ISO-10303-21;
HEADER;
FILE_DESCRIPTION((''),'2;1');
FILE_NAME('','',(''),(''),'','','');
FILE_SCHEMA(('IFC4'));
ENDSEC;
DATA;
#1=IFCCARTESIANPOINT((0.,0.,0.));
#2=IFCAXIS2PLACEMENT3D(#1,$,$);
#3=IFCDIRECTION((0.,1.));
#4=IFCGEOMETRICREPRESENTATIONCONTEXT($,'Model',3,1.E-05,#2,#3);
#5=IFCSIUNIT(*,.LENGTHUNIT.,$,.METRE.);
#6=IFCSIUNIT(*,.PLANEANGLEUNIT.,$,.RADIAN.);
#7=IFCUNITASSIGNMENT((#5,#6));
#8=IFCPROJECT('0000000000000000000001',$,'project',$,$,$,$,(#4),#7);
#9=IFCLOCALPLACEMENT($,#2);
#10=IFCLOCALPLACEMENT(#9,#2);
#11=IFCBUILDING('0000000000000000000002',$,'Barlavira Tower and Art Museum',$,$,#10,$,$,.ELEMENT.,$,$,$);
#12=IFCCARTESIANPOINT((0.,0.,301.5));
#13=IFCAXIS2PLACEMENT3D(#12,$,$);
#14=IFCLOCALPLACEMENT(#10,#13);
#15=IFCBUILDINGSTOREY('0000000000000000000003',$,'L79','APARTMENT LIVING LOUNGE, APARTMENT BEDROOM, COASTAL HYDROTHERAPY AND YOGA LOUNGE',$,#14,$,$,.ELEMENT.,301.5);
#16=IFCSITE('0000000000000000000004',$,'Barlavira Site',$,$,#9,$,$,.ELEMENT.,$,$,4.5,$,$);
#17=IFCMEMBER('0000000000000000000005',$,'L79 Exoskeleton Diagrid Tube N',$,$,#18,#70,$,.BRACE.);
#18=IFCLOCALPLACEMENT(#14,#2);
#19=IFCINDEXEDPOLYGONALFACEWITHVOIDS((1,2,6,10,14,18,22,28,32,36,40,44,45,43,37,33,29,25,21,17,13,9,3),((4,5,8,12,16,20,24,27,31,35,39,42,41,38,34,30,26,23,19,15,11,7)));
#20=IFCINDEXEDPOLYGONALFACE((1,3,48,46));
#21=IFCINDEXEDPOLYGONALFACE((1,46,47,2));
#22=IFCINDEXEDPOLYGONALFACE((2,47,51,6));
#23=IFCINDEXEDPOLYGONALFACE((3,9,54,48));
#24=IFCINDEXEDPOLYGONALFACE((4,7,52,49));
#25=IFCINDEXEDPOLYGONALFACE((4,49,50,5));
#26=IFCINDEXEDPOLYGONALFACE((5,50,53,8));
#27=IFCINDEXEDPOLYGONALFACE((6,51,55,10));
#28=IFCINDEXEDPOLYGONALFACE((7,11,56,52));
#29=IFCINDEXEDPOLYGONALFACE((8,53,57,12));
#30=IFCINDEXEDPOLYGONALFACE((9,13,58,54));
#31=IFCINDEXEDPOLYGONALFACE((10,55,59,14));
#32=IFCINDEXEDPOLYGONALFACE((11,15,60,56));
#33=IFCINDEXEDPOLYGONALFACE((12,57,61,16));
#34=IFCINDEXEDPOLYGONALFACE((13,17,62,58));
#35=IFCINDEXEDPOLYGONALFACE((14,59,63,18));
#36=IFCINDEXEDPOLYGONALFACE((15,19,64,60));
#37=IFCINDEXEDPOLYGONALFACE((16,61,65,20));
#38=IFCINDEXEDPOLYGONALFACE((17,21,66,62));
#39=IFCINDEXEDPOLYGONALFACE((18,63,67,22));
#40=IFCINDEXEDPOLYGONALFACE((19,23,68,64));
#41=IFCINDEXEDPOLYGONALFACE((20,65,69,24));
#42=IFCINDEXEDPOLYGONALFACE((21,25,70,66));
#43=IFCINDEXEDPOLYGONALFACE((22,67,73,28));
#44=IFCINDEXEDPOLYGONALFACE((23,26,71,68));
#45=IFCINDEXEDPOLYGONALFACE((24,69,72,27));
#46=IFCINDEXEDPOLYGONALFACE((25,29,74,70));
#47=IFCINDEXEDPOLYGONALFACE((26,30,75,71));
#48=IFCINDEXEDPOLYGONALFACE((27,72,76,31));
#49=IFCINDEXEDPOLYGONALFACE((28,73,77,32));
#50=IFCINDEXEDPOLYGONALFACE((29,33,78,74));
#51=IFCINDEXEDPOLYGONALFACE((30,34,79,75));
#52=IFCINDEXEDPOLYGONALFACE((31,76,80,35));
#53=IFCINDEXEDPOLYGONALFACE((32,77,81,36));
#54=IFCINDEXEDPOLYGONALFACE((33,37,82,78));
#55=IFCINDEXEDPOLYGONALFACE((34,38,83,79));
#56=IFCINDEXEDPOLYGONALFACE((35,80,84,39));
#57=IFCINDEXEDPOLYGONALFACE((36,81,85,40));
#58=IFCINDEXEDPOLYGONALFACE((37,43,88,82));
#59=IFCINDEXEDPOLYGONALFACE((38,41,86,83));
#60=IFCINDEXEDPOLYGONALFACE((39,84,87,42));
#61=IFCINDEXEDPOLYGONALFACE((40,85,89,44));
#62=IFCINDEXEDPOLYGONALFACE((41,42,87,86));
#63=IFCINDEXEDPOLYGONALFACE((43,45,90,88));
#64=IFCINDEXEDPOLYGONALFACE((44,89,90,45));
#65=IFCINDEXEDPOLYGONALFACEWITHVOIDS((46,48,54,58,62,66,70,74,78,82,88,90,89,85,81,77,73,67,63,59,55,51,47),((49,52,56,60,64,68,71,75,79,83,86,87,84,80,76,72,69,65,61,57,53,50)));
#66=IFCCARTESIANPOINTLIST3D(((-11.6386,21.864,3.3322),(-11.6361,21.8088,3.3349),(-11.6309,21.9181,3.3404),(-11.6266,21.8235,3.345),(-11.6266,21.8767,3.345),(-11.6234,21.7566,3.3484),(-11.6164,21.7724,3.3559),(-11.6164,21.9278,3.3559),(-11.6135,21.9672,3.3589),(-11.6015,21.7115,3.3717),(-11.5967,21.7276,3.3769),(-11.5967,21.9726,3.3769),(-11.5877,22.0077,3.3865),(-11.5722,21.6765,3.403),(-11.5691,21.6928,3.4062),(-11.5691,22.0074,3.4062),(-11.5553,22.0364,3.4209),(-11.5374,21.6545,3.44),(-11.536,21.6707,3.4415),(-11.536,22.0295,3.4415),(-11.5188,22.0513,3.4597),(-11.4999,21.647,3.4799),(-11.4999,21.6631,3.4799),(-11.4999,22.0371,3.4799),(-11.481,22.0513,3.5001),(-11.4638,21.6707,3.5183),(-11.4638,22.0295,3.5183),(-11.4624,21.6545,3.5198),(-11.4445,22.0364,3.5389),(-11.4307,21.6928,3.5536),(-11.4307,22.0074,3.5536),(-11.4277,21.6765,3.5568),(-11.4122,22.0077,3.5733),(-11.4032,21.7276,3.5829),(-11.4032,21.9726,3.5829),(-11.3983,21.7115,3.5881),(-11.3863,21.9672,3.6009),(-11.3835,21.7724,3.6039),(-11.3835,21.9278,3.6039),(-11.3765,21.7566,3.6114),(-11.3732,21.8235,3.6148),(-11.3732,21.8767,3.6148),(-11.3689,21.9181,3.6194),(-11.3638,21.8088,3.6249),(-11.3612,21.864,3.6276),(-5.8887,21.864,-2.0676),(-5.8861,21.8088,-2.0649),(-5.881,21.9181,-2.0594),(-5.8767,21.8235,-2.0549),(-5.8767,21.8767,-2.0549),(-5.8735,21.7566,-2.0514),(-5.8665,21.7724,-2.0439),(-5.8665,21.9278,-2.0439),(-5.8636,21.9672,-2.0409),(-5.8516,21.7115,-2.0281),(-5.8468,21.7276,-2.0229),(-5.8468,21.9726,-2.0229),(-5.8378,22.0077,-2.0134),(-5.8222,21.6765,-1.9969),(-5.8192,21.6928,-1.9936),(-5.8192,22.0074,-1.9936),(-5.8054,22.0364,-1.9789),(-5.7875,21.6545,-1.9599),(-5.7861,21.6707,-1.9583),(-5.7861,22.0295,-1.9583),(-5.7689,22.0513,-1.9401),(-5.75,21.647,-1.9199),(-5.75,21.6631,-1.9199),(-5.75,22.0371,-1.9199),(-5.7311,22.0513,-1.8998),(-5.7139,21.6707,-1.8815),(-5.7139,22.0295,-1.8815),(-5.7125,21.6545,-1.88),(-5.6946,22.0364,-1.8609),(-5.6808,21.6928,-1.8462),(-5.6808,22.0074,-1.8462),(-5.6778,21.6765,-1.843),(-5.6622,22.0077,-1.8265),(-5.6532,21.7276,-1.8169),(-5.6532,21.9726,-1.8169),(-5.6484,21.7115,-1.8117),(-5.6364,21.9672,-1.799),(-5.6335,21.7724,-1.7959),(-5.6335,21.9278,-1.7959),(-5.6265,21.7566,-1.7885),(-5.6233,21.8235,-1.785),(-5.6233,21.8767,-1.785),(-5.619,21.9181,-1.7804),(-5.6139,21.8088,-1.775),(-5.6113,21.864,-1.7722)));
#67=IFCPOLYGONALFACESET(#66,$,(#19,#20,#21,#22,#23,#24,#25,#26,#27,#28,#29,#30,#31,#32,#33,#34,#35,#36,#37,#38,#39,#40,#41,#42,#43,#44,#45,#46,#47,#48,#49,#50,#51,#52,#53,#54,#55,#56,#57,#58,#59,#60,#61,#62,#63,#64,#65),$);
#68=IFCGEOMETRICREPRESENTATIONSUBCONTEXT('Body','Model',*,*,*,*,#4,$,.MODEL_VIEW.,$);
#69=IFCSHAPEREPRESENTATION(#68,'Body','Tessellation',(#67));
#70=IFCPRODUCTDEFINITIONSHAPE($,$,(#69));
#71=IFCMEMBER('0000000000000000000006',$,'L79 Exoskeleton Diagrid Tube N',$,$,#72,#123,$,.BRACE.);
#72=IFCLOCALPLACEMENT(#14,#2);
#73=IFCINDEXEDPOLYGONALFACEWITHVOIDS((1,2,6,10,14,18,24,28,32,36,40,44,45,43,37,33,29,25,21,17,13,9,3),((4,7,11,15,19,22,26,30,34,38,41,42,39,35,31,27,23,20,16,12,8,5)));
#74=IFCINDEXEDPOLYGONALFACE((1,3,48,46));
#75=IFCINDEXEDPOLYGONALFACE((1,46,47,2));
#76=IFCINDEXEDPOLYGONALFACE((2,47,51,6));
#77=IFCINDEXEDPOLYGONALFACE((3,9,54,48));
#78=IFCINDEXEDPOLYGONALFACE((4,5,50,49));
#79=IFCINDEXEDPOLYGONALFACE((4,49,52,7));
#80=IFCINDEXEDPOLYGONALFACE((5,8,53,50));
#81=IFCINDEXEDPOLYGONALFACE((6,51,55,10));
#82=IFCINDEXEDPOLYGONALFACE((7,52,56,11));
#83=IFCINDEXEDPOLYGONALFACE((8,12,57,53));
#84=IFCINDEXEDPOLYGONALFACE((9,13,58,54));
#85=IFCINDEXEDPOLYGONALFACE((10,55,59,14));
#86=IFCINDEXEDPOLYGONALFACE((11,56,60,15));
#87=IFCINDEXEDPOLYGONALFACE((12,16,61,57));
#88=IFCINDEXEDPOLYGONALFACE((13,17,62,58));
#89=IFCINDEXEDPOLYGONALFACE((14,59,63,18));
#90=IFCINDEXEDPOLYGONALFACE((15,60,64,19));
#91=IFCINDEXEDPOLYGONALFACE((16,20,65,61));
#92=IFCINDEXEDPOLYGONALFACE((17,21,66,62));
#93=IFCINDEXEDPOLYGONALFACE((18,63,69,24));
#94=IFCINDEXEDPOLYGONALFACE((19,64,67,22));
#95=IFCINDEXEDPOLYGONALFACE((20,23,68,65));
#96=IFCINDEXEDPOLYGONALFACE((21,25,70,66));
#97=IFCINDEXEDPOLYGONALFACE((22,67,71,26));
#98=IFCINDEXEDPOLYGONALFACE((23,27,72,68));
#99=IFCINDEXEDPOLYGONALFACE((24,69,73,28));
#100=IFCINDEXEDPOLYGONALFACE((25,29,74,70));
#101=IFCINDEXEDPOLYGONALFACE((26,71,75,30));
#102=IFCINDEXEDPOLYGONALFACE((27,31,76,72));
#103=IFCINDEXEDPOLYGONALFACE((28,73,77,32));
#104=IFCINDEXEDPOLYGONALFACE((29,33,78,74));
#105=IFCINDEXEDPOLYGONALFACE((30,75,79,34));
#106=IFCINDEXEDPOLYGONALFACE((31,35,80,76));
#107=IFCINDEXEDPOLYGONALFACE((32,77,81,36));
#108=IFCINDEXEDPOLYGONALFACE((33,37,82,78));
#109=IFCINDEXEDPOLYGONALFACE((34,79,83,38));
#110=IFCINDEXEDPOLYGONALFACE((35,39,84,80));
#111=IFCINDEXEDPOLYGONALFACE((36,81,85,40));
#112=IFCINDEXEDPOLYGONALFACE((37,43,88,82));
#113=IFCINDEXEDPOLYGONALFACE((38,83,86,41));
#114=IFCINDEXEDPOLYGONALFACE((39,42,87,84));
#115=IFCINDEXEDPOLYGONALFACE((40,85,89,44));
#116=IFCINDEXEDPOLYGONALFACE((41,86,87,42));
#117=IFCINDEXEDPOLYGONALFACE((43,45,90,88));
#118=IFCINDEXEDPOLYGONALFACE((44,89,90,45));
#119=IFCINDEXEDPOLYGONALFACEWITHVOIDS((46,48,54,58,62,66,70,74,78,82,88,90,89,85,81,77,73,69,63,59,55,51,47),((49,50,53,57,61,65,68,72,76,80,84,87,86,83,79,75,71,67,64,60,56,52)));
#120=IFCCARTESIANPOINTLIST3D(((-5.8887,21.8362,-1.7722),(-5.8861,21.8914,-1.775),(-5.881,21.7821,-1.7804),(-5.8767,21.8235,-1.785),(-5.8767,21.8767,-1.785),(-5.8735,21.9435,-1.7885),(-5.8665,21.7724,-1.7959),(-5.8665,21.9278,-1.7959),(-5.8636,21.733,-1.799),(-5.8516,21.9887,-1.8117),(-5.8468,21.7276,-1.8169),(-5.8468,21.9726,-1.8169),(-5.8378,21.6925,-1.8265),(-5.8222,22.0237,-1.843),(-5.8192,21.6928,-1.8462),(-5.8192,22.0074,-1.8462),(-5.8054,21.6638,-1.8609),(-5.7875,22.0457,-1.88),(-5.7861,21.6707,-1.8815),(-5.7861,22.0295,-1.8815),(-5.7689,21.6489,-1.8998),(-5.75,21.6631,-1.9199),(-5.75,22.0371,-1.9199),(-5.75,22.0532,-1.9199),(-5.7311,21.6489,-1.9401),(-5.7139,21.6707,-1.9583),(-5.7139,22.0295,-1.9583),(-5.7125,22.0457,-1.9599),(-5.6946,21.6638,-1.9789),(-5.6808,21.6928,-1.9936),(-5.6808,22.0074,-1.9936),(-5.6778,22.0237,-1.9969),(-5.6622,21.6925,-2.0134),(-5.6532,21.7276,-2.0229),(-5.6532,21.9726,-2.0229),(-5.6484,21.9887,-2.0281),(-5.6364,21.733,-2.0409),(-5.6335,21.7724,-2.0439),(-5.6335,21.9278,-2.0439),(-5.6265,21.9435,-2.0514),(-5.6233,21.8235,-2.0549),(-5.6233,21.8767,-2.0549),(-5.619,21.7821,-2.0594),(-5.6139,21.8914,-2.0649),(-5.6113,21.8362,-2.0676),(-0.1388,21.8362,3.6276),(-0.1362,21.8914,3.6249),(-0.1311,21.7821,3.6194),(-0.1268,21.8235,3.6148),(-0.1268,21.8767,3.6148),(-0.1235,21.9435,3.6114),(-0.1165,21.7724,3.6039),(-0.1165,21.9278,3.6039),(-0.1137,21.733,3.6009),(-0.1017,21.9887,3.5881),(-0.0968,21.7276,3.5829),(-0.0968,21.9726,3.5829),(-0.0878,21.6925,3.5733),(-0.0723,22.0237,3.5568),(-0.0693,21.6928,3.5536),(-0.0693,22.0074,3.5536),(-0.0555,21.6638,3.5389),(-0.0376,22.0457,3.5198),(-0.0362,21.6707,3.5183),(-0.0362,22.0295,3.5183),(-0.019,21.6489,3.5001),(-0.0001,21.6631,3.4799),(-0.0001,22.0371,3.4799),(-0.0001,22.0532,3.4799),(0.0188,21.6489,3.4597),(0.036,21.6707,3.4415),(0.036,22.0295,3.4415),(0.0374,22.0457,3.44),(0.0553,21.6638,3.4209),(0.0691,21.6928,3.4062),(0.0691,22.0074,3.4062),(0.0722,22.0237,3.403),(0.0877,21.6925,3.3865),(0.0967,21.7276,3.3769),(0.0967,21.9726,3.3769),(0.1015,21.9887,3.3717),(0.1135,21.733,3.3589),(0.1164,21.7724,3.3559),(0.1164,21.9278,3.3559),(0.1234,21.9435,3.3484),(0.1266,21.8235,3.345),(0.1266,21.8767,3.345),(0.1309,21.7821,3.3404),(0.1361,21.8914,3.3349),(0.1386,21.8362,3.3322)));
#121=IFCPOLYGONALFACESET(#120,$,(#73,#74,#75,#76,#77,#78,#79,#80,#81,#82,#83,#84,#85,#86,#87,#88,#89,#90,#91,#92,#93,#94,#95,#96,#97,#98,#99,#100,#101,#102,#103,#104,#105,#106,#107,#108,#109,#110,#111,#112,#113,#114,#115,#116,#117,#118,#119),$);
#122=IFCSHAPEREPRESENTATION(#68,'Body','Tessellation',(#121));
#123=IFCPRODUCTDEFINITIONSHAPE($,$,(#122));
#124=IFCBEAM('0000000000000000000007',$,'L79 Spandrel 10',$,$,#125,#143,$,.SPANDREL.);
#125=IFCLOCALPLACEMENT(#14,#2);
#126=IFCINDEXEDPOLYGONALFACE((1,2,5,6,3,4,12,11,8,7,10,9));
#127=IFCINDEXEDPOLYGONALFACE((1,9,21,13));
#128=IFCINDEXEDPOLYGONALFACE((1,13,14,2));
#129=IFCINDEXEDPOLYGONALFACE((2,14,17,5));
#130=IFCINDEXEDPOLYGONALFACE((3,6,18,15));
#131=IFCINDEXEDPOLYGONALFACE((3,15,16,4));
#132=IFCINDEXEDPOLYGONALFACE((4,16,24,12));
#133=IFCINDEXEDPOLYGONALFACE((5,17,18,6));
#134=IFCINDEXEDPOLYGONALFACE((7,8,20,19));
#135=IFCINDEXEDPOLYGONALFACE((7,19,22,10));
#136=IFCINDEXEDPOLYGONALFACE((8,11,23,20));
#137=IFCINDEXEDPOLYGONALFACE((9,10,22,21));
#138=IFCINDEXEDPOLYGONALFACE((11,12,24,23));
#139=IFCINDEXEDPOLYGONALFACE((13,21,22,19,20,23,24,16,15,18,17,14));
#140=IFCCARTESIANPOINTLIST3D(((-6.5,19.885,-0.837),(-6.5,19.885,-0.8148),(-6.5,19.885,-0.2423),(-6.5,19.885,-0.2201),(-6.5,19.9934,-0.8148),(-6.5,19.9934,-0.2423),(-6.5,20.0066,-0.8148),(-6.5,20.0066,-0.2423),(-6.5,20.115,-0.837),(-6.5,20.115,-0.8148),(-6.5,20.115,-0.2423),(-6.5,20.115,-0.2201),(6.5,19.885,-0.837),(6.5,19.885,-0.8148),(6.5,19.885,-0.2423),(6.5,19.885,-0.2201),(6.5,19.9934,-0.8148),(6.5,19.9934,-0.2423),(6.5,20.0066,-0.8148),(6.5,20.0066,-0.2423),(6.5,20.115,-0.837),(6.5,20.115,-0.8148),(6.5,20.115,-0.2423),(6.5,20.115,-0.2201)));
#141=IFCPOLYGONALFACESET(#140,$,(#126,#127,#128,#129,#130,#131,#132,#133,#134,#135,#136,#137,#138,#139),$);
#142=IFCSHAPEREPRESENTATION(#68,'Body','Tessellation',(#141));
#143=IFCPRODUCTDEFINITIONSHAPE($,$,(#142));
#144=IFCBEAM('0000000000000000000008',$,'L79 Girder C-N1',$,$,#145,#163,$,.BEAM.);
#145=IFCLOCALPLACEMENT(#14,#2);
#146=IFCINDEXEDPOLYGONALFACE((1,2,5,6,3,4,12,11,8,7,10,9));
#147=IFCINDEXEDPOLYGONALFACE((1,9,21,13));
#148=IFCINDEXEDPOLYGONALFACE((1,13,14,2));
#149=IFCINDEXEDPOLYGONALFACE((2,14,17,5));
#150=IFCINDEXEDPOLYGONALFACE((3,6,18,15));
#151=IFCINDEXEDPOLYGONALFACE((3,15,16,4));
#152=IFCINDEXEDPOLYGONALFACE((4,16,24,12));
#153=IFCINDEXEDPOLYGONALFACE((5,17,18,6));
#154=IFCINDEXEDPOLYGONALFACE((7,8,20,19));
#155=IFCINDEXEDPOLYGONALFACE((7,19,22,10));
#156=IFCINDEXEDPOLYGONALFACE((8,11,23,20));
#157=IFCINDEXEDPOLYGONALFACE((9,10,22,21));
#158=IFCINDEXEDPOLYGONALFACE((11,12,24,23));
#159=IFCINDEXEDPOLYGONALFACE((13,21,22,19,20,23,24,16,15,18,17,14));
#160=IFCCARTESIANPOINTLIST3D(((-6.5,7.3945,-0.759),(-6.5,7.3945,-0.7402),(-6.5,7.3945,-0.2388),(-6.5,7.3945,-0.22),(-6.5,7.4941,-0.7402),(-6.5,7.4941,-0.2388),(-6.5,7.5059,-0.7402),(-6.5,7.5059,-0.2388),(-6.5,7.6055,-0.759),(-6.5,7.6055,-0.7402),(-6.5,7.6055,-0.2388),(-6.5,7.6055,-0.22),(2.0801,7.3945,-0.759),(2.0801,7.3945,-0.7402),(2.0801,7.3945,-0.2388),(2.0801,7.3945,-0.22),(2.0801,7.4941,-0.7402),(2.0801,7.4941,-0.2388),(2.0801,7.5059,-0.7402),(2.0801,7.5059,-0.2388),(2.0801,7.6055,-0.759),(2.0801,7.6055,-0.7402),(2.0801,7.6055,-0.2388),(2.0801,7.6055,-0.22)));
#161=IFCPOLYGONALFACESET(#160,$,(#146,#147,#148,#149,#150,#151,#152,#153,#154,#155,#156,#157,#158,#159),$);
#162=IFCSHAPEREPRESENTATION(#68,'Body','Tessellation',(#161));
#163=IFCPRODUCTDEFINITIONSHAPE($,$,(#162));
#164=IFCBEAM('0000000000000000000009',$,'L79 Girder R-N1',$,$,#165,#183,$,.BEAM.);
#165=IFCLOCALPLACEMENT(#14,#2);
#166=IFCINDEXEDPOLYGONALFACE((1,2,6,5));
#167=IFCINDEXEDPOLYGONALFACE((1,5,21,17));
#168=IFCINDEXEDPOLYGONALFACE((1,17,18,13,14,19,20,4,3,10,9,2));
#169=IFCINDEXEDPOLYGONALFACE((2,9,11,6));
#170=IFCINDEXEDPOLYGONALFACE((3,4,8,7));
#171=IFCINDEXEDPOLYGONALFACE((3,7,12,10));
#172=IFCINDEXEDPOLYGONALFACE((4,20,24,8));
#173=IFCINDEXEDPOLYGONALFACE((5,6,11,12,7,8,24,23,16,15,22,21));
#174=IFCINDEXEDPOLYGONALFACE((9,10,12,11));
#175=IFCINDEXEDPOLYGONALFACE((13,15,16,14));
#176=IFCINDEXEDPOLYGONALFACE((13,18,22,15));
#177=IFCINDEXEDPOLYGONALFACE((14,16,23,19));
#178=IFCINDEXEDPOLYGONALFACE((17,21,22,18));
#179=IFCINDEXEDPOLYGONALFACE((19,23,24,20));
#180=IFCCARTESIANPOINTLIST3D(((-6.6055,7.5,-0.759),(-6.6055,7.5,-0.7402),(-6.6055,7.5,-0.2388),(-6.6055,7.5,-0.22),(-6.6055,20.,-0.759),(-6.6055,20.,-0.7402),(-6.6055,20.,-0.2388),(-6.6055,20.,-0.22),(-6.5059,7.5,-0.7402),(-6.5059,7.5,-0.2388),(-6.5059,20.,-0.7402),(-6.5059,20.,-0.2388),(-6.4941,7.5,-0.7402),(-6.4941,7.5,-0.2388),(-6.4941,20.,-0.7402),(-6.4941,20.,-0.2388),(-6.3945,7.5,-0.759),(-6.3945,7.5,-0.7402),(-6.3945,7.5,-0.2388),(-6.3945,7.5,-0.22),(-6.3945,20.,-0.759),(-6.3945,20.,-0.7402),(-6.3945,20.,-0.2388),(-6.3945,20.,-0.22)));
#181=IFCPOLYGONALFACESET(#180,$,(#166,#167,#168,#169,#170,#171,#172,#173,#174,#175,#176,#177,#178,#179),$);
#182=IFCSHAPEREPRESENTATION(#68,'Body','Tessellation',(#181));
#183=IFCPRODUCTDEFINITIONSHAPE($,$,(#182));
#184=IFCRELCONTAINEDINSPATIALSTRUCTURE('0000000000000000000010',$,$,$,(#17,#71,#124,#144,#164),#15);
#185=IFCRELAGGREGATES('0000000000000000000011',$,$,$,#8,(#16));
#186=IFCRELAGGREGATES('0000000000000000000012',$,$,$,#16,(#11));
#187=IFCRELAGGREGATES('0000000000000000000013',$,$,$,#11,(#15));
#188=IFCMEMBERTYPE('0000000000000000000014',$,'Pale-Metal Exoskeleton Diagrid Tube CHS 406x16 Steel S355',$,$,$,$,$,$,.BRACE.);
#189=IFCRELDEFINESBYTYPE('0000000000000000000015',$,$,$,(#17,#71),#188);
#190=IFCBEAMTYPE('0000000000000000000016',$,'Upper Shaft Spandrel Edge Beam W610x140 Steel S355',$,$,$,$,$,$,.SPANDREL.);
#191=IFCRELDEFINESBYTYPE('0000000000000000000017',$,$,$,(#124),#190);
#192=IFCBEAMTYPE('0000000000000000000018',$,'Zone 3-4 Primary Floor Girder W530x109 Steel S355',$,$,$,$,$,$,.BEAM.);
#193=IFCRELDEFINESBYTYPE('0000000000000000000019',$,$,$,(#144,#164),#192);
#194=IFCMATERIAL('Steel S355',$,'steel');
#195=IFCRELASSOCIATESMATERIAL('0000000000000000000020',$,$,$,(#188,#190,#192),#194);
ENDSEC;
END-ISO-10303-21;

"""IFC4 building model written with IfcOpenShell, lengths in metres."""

from ifc_helpers import new_model, si_unit, direction, frame, origin, origin_2d, place, context, subcontext, project, spatial, hollow_circle, i_section, extrude, material, material_profile, profile_set, type_object, element, save


model = new_model("IFC4")

# Units and contexts
model_context = context("Model", 3, precision=1e-05, world=origin(), true_north=direction((0.0, 1.0)))
body_context = subcontext(model_context, "Body", "Model", "MODEL_VIEW")
ifc_project = project(units=[si_unit("LENGTHUNIT", "METRE"), si_unit("PLANEANGLEUNIT", "RADIAN")], contexts=[model_context])

# Site, building, storey
site_placement = place(None, origin())
site = spatial("IfcSite", under=ifc_project, at=site_placement, Name="Barlavira Site", CompositionType="ELEMENT", RefElevation=4.5)
building_placement = place(site_placement, origin())
building = spatial("IfcBuilding", under=site, at=building_placement, Name="Barlavira Tower and Art Museum", CompositionType="ELEMENT")
storey_placement = place(building_placement, frame((0.0, 0.0, 301.5)))
storey = spatial("IfcBuildingStorey", under=building, at=storey_placement, Name="L79", Description="APARTMENT LIVING LOUNGE, APARTMENT BEDROOM, COASTAL HYDROTHERAPY AND YOGA LOUNGE", CompositionType="ELEMENT", Elevation=301.5)

# Shared definitions
ifc_material_1 = material(Name="Steel S355", Category="steel")

# Members
ifc_material_profile_1 = material_profile(ifc_material_1, hollow_circle(Radius=0.2031, WallThickness=0.0161, at=origin_2d()), Name="CHS 406.4x16.0")
ifc_profile_set_1 = profile_set([ifc_material_profile_1], Name="Steel S355")
member_type_1 = type_object("IfcMemberType", Name="Pale-Metal Exoskeleton Diagrid Tube CHS 406x16 Steel S355", PredefinedType="BRACE", material=ifc_profile_set_1)
for number, where, z_axis, x_axis, name in (
    (1, (-5.75, 21.8501, -1.9199), (-0.72895, 0.0, 0.684567), (0.0, -1.0, 0.0), "L79 Exoskeleton Diagrid Tube N"),
    (2, (-5.75, 21.8501, -1.9199), (0.72895, 0.0, 0.684567), (0.0, 1.0, 0.0), "L79 Exoskeleton Diagrid Tube N"),
):
    element("IfcMember", number, at=place(storey_placement, frame(where, z_axis=z_axis, x_axis=x_axis)), inside=storey, type_object=member_type_1, Name=name, PredefinedType="BRACE", context=body_context, shape_type="SweptSolid", body=[
        extrude(hollow_circle(Radius=0.2031, WallThickness=0.0161, at=origin_2d()), origin(), (0.0, 0.0, 1.0), 7.8879),
    ])

# Beams
ifc_material_profile_2 = material_profile(ifc_material_1, i_section(OverallWidth=0.23, OverallDepth=0.6169, WebThickness=0.0132, FlangeThickness=0.0222, at=origin_2d()), Name="W610x140.0")
ifc_profile_set_2 = profile_set([ifc_material_profile_2], Name="Steel S355")
beam_type_1 = type_object("IfcBeamType", Name="Upper Shaft Spandrel Edge Beam W610x140 Steel S355", PredefinedType="SPANDREL", material=ifc_profile_set_2)
beam_1_placement = place(storey_placement, frame((-6.5, 20.0, -0.5286), z_axis=(1.0, 0.0, 0.0), x_axis=(0.0, 1.0, 0.0)))
element("IfcBeam", 3, at=beam_1_placement, inside=storey, type_object=beam_type_1, Name="L79 Spandrel 10", PredefinedType="SPANDREL", context=body_context, shape_type="SweptSolid", body=[
    extrude(i_section(OverallWidth=0.23, OverallDepth=0.6169, WebThickness=0.0132, FlangeThickness=0.0222, at=origin_2d()), origin(), (0.0, 0.0, 1.0), 13.0),
])
ifc_material_profile_3 = material_profile(ifc_material_1, i_section(OverallWidth=0.2109, OverallDepth=0.5391, WebThickness=0.0117, FlangeThickness=0.0188, at=origin_2d()), Name="W530x109.0")
ifc_profile_set_3 = profile_set([ifc_material_profile_3], Name="Steel S355")
beam_type_2 = type_object("IfcBeamType", Name="Zone 3-4 Primary Floor Girder W530x109 Steel S355", PredefinedType="BEAM", material=ifc_profile_set_3)
beam_2_placement = place(storey_placement, frame((-6.5, 7.5, -0.4895), z_axis=(1.0, 0.0, 0.0), x_axis=(0.0, 1.0, 0.0)))
element("IfcBeam", 4, at=beam_2_placement, inside=storey, type_object=beam_type_2, Name="L79 Girder C-N1", PredefinedType="BEAM", context=body_context, shape_type="SweptSolid", body=[
    extrude(i_section(OverallWidth=0.2109, OverallDepth=0.5391, WebThickness=0.0117, FlangeThickness=0.0188, at=origin_2d()), origin(), (0.0, 0.0, 1.0), 8.5801),
])
beam_3_placement = place(storey_placement, frame((-6.5, 7.5, -0.4895), z_axis=(0.0, 1.0, 0.0), x_axis=(-1.0, 0.0, 0.0)))
element("IfcBeam", 5, at=beam_3_placement, inside=storey, type_object=beam_type_2, Name="L79 Girder R-N1", PredefinedType="BEAM", context=body_context, shape_type="SweptSolid", body=[
    extrude(i_section(OverallWidth=0.2109, OverallDepth=0.5391, WebThickness=0.0117, FlangeThickness=0.0188, at=origin_2d()), origin(), (0.0, 0.0, 1.0), 12.5),
])

save(model, "model.ifc")
